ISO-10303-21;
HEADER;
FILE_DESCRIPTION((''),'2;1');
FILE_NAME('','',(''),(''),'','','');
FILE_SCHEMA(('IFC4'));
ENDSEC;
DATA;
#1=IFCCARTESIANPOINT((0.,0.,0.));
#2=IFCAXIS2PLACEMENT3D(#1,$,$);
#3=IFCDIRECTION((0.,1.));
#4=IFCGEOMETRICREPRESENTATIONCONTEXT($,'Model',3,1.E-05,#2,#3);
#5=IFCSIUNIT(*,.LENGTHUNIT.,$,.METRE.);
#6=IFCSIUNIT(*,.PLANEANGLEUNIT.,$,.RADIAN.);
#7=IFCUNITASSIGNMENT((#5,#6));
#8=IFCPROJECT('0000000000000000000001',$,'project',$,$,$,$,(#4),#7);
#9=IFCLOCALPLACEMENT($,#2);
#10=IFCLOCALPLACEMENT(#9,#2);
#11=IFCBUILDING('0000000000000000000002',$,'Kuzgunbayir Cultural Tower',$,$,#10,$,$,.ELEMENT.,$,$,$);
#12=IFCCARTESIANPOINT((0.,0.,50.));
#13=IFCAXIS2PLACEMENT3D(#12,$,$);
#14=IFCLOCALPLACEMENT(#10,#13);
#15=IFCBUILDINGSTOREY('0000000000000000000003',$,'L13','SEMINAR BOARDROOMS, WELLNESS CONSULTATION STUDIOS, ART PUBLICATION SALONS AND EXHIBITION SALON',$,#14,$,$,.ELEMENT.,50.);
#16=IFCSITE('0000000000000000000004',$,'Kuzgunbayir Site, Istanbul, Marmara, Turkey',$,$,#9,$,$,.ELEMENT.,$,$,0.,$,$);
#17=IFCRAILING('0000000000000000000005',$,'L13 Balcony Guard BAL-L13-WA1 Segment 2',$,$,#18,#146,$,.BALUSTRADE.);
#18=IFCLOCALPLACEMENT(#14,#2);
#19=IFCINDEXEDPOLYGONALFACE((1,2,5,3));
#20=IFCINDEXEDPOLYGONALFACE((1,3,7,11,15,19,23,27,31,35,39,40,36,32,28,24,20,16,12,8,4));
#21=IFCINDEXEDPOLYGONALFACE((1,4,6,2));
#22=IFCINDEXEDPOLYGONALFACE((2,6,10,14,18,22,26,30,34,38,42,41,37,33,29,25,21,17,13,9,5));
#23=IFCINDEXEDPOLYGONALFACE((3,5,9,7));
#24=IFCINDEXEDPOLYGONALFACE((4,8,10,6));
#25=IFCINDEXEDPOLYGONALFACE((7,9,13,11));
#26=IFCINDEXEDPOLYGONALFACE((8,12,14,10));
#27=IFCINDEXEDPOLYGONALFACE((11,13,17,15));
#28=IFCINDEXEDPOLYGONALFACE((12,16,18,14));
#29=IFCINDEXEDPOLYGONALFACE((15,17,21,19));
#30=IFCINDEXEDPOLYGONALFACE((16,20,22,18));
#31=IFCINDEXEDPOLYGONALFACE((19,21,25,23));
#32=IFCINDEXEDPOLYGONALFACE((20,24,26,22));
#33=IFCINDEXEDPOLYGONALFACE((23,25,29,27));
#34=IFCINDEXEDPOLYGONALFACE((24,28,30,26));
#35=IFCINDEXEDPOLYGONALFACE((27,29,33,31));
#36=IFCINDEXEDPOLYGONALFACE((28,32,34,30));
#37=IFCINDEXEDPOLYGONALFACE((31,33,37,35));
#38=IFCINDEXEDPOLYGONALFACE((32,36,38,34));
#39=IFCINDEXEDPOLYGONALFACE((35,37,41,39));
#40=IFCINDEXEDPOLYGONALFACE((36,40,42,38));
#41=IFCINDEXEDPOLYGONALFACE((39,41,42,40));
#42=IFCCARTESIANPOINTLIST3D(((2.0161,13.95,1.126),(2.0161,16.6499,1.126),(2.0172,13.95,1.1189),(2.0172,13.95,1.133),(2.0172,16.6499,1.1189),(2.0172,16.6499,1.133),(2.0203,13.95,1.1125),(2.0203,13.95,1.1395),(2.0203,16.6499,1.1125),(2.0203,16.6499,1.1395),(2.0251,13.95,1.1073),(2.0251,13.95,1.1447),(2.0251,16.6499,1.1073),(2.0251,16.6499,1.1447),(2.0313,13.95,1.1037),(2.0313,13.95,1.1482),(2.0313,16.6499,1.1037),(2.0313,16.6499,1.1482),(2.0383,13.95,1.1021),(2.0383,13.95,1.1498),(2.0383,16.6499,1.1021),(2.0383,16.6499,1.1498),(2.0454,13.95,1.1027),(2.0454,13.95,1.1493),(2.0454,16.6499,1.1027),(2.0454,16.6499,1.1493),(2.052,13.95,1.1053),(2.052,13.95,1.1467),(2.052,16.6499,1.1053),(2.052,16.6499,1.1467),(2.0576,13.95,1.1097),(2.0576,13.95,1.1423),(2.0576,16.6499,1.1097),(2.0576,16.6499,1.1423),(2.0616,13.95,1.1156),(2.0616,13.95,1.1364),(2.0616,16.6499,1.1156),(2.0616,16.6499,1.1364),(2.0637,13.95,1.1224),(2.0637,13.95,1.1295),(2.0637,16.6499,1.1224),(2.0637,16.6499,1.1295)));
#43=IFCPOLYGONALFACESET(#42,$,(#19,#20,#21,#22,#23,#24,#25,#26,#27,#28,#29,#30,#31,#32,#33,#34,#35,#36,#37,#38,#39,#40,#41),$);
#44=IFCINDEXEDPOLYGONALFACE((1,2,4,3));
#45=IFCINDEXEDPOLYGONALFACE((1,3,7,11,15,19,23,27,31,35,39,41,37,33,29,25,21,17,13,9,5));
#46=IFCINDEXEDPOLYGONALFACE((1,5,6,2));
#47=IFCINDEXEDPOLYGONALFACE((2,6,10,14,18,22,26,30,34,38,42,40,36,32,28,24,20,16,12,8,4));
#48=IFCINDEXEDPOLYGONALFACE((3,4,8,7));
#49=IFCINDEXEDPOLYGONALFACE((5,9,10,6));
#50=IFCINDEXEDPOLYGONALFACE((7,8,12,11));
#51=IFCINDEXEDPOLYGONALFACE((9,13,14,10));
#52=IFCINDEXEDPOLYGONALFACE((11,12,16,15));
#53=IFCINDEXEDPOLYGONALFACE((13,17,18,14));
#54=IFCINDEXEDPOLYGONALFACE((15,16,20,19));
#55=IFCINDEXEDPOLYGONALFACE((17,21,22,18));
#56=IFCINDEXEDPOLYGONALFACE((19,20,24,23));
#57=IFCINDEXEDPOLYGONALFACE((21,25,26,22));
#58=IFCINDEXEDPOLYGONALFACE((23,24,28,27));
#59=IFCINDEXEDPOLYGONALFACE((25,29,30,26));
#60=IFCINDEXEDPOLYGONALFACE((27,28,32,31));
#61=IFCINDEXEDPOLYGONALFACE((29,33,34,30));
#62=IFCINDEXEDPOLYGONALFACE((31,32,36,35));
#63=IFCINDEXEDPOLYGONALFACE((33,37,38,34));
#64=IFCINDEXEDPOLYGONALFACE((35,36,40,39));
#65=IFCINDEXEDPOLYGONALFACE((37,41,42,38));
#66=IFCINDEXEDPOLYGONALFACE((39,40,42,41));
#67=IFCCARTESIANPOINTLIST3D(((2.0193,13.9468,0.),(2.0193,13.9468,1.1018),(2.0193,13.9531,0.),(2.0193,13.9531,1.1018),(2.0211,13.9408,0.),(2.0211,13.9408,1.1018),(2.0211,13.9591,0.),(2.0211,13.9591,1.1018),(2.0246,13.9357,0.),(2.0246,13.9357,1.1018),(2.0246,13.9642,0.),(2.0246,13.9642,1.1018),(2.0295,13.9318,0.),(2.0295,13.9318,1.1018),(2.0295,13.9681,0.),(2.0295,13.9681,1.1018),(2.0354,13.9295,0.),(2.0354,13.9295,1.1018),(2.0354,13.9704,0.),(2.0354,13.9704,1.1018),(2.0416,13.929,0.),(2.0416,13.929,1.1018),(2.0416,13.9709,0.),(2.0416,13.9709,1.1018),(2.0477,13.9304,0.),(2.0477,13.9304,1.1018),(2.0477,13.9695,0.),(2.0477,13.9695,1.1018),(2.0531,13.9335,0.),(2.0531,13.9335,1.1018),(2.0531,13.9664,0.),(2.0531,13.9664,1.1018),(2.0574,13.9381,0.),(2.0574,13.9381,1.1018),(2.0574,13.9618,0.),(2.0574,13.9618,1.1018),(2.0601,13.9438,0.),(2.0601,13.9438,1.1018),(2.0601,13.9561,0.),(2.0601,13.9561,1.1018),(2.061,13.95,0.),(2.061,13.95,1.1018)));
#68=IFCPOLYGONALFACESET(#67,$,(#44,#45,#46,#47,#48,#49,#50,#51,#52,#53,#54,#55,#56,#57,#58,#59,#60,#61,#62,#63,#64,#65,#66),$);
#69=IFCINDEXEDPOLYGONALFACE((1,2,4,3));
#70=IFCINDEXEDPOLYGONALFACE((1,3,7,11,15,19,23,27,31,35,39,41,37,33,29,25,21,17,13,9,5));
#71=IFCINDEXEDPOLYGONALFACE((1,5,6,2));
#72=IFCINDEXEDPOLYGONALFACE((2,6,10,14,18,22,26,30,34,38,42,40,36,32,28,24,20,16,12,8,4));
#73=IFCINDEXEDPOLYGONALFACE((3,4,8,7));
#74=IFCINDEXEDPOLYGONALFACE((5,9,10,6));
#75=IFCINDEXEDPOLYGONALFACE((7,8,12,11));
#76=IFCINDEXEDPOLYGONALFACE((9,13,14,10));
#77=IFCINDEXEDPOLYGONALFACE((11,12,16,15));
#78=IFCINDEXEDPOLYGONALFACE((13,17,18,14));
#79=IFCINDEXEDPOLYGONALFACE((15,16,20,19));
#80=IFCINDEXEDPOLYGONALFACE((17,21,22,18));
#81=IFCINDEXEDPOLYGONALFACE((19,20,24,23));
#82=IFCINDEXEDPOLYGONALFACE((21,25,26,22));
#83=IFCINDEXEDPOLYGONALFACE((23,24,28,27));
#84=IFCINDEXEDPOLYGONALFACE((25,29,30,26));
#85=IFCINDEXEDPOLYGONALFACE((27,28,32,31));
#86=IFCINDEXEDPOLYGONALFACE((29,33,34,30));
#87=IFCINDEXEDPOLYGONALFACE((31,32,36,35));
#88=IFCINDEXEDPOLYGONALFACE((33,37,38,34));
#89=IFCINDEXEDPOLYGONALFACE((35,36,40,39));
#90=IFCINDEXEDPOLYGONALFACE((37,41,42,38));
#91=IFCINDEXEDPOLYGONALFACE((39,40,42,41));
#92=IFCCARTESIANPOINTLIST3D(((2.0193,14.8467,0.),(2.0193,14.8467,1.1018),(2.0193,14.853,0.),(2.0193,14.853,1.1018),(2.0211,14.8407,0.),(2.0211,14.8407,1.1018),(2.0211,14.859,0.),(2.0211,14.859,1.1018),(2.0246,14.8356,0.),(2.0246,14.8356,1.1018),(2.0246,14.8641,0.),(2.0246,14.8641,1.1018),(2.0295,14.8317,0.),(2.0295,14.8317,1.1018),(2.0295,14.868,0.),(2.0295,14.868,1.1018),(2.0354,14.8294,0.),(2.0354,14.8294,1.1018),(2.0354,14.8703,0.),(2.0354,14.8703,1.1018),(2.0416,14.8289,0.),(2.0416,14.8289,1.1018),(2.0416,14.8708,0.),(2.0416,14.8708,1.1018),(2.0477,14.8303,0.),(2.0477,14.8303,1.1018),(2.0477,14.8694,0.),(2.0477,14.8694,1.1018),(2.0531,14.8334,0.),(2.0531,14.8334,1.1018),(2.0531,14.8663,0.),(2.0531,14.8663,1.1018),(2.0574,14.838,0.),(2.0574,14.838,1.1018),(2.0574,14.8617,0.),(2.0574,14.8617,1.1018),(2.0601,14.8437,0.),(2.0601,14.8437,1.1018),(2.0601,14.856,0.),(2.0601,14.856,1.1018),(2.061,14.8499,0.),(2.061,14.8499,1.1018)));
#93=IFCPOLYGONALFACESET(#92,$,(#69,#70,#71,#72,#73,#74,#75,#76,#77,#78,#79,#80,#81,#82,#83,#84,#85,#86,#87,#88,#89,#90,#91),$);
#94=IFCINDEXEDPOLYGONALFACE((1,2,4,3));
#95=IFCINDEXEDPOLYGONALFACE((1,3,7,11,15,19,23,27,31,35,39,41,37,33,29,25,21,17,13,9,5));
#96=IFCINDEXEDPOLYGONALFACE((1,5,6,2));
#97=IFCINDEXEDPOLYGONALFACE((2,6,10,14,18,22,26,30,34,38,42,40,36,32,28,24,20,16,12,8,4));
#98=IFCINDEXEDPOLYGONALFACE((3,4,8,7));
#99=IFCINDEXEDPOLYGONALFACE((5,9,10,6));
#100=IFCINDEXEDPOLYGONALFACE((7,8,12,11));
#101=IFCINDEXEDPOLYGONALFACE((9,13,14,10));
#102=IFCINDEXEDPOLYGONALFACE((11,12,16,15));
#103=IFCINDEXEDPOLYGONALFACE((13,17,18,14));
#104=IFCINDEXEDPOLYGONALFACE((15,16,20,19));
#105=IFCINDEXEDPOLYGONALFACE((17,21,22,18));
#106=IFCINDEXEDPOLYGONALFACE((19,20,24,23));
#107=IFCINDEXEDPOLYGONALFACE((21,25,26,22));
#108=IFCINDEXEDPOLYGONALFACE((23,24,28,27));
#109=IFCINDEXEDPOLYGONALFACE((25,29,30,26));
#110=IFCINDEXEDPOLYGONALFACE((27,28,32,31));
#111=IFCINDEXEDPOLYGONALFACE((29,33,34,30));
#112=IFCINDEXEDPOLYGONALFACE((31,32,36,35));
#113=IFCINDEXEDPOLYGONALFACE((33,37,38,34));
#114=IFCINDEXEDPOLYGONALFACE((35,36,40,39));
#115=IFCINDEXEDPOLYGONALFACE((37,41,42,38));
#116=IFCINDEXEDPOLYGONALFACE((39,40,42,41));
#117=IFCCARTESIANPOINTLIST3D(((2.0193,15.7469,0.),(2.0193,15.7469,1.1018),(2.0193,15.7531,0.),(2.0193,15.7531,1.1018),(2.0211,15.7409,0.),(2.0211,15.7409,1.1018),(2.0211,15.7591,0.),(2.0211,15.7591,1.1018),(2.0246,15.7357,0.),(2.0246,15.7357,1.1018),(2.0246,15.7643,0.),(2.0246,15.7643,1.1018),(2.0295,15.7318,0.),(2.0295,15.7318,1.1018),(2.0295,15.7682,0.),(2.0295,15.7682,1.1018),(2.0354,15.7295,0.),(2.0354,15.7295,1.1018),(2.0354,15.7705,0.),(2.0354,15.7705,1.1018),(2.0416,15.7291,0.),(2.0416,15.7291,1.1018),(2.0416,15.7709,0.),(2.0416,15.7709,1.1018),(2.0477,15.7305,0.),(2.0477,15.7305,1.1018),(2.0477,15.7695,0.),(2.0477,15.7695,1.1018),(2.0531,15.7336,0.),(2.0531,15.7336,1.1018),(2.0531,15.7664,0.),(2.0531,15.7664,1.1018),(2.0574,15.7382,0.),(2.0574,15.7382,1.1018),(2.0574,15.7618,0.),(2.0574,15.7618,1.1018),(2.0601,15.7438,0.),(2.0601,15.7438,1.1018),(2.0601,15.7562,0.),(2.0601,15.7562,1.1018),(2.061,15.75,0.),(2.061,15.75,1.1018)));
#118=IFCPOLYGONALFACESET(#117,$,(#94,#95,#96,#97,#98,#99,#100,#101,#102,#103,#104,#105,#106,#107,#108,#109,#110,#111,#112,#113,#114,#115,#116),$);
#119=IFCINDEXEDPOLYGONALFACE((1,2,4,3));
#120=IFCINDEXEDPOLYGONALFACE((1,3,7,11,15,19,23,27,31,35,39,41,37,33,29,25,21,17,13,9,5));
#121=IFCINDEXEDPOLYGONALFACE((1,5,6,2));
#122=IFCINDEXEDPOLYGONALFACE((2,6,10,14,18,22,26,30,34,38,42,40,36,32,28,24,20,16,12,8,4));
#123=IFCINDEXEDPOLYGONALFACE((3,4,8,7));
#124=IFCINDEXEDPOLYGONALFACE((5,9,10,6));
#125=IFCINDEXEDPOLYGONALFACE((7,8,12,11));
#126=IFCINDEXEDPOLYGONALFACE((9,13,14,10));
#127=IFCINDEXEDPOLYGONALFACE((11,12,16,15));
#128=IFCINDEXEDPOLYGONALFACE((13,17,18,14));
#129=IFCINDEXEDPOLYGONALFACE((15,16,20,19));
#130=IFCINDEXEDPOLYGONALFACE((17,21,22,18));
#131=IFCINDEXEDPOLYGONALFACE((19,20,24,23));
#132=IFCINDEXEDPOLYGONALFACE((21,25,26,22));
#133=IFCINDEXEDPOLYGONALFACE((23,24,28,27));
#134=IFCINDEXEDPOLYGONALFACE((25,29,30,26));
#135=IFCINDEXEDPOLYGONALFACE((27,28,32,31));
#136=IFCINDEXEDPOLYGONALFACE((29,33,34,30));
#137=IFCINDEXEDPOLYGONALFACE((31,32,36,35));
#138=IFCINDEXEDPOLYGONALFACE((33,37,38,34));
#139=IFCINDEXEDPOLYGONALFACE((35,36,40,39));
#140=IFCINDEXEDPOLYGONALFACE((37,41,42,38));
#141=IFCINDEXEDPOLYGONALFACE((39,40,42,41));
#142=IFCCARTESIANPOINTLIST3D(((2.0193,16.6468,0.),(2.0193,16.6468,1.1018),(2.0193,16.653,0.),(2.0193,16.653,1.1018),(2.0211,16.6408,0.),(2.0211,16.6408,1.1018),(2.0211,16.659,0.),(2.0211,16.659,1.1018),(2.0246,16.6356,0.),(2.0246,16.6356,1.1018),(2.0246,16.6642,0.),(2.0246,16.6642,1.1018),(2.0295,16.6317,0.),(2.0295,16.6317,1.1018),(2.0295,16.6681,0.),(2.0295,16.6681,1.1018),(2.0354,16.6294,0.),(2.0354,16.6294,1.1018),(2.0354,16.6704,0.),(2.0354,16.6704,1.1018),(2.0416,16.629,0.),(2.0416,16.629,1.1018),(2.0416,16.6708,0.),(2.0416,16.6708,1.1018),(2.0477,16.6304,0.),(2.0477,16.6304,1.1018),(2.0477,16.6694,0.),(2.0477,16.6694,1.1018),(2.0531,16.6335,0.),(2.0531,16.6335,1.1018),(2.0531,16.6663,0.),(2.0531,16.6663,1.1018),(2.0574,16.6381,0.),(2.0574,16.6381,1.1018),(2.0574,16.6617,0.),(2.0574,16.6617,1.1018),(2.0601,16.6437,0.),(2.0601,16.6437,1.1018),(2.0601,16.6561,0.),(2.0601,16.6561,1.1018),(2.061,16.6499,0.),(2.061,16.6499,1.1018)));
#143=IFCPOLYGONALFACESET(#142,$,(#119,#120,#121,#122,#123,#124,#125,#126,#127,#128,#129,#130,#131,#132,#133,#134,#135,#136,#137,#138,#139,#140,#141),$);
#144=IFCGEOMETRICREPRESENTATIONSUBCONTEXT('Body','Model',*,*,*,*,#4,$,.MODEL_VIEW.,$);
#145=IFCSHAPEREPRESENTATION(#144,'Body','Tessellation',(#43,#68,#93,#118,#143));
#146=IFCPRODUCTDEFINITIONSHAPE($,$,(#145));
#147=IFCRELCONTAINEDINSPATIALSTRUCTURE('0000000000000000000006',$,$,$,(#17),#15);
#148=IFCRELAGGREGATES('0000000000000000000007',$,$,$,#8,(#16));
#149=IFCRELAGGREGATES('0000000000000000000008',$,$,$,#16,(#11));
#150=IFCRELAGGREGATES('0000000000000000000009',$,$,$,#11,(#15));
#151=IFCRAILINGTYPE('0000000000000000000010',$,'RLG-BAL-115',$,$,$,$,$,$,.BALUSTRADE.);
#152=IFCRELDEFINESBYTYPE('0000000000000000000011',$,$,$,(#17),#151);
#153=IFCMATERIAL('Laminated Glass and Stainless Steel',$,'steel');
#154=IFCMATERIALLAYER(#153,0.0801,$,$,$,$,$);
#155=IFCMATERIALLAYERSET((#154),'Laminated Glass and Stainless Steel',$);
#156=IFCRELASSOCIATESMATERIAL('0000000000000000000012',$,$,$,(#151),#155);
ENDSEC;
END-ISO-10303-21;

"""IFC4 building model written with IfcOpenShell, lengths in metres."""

from ifc_helpers import new_model, si_unit, direction, frame, origin, origin_2d, place, context, subcontext, project, spatial, circle, extrude, material, layer, layer_set, type_object, element, save


model = new_model("IFC4")

# Units and contexts
model_context = context("Model", 3, precision=1e-05, world=origin(), true_north=direction((0.0, 1.0)))
body_context = subcontext(model_context, "Body", "Model", "MODEL_VIEW")
ifc_project = project(units=[si_unit("LENGTHUNIT", "METRE"), si_unit("PLANEANGLEUNIT", "RADIAN")], contexts=[model_context])

# Site, building, storey
site_placement = place(None, origin())
site = spatial("IfcSite", under=ifc_project, at=site_placement, Name="Kuzgunbayir Site, Istanbul, Marmara, Turkey", CompositionType="ELEMENT", RefElevation=0.0)
building_placement = place(site_placement, origin())
building = spatial("IfcBuilding", under=site, at=building_placement, Name="Kuzgunbayir Cultural Tower", CompositionType="ELEMENT")
storey_placement = place(building_placement, frame((0.0, 0.0, 50.0)))
storey = spatial("IfcBuildingStorey", under=building, at=storey_placement, Name="L13", Description="SEMINAR BOARDROOMS, WELLNESS CONSULTATION STUDIOS, ART PUBLICATION SALONS AND EXHIBITION SALON", CompositionType="ELEMENT", Elevation=50.0)

# Railing
ifc_material_1 = material(Name="Laminated Glass and Stainless Steel", Category="steel")
ifc_layer_1 = layer(ifc_material_1, 0.0801)
ifc_layer_set_1 = layer_set([ifc_layer_1], Name="Laminated Glass and Stainless Steel")
railing_type = type_object("IfcRailingType", Name="RLG-BAL-115", PredefinedType="BALUSTRADE", material=ifc_layer_set_1)
railing_1_placement = place(storey_placement, frame((2.04, 13.95, 0.0)))
element("IfcRailing", 1, at=railing_1_placement, inside=storey, type_object=railing_type, Name="L13 Balcony Guard BAL-L13-WA1 Segment 2", PredefinedType="BALUSTRADE", context=body_context, shape_type="SweptSolid", body=[
    extrude(circle(Radius=0.0239, at=origin_2d()), frame((0.0, 0.0, 1.126), z_axis=(0.0, 1.0, 0.0), x_axis=(-1.0, 0.0, 0.0)), (0.0, 0.0, 1.0), 2.7),
    extrude(circle(Radius=0.021, at=origin_2d()), origin(), (0.0, 0.0, 1.0), 1.1018),
    extrude(circle(Radius=0.021, at=origin_2d()), frame((0.0, 0.8999, 0.0)), (0.0, 0.0, 1.0), 1.1018),
    extrude(circle(Radius=0.021, at=origin_2d()), frame((0.0, 1.8, 0.0)), (0.0, 0.0, 1.0), 1.1018),
    extrude(circle(Radius=0.021, at=origin_2d()), frame((0.0, 2.7, 0.0)), (0.0, 0.0, 1.0), 1.1018),
])

save(model, "model.ifc")
